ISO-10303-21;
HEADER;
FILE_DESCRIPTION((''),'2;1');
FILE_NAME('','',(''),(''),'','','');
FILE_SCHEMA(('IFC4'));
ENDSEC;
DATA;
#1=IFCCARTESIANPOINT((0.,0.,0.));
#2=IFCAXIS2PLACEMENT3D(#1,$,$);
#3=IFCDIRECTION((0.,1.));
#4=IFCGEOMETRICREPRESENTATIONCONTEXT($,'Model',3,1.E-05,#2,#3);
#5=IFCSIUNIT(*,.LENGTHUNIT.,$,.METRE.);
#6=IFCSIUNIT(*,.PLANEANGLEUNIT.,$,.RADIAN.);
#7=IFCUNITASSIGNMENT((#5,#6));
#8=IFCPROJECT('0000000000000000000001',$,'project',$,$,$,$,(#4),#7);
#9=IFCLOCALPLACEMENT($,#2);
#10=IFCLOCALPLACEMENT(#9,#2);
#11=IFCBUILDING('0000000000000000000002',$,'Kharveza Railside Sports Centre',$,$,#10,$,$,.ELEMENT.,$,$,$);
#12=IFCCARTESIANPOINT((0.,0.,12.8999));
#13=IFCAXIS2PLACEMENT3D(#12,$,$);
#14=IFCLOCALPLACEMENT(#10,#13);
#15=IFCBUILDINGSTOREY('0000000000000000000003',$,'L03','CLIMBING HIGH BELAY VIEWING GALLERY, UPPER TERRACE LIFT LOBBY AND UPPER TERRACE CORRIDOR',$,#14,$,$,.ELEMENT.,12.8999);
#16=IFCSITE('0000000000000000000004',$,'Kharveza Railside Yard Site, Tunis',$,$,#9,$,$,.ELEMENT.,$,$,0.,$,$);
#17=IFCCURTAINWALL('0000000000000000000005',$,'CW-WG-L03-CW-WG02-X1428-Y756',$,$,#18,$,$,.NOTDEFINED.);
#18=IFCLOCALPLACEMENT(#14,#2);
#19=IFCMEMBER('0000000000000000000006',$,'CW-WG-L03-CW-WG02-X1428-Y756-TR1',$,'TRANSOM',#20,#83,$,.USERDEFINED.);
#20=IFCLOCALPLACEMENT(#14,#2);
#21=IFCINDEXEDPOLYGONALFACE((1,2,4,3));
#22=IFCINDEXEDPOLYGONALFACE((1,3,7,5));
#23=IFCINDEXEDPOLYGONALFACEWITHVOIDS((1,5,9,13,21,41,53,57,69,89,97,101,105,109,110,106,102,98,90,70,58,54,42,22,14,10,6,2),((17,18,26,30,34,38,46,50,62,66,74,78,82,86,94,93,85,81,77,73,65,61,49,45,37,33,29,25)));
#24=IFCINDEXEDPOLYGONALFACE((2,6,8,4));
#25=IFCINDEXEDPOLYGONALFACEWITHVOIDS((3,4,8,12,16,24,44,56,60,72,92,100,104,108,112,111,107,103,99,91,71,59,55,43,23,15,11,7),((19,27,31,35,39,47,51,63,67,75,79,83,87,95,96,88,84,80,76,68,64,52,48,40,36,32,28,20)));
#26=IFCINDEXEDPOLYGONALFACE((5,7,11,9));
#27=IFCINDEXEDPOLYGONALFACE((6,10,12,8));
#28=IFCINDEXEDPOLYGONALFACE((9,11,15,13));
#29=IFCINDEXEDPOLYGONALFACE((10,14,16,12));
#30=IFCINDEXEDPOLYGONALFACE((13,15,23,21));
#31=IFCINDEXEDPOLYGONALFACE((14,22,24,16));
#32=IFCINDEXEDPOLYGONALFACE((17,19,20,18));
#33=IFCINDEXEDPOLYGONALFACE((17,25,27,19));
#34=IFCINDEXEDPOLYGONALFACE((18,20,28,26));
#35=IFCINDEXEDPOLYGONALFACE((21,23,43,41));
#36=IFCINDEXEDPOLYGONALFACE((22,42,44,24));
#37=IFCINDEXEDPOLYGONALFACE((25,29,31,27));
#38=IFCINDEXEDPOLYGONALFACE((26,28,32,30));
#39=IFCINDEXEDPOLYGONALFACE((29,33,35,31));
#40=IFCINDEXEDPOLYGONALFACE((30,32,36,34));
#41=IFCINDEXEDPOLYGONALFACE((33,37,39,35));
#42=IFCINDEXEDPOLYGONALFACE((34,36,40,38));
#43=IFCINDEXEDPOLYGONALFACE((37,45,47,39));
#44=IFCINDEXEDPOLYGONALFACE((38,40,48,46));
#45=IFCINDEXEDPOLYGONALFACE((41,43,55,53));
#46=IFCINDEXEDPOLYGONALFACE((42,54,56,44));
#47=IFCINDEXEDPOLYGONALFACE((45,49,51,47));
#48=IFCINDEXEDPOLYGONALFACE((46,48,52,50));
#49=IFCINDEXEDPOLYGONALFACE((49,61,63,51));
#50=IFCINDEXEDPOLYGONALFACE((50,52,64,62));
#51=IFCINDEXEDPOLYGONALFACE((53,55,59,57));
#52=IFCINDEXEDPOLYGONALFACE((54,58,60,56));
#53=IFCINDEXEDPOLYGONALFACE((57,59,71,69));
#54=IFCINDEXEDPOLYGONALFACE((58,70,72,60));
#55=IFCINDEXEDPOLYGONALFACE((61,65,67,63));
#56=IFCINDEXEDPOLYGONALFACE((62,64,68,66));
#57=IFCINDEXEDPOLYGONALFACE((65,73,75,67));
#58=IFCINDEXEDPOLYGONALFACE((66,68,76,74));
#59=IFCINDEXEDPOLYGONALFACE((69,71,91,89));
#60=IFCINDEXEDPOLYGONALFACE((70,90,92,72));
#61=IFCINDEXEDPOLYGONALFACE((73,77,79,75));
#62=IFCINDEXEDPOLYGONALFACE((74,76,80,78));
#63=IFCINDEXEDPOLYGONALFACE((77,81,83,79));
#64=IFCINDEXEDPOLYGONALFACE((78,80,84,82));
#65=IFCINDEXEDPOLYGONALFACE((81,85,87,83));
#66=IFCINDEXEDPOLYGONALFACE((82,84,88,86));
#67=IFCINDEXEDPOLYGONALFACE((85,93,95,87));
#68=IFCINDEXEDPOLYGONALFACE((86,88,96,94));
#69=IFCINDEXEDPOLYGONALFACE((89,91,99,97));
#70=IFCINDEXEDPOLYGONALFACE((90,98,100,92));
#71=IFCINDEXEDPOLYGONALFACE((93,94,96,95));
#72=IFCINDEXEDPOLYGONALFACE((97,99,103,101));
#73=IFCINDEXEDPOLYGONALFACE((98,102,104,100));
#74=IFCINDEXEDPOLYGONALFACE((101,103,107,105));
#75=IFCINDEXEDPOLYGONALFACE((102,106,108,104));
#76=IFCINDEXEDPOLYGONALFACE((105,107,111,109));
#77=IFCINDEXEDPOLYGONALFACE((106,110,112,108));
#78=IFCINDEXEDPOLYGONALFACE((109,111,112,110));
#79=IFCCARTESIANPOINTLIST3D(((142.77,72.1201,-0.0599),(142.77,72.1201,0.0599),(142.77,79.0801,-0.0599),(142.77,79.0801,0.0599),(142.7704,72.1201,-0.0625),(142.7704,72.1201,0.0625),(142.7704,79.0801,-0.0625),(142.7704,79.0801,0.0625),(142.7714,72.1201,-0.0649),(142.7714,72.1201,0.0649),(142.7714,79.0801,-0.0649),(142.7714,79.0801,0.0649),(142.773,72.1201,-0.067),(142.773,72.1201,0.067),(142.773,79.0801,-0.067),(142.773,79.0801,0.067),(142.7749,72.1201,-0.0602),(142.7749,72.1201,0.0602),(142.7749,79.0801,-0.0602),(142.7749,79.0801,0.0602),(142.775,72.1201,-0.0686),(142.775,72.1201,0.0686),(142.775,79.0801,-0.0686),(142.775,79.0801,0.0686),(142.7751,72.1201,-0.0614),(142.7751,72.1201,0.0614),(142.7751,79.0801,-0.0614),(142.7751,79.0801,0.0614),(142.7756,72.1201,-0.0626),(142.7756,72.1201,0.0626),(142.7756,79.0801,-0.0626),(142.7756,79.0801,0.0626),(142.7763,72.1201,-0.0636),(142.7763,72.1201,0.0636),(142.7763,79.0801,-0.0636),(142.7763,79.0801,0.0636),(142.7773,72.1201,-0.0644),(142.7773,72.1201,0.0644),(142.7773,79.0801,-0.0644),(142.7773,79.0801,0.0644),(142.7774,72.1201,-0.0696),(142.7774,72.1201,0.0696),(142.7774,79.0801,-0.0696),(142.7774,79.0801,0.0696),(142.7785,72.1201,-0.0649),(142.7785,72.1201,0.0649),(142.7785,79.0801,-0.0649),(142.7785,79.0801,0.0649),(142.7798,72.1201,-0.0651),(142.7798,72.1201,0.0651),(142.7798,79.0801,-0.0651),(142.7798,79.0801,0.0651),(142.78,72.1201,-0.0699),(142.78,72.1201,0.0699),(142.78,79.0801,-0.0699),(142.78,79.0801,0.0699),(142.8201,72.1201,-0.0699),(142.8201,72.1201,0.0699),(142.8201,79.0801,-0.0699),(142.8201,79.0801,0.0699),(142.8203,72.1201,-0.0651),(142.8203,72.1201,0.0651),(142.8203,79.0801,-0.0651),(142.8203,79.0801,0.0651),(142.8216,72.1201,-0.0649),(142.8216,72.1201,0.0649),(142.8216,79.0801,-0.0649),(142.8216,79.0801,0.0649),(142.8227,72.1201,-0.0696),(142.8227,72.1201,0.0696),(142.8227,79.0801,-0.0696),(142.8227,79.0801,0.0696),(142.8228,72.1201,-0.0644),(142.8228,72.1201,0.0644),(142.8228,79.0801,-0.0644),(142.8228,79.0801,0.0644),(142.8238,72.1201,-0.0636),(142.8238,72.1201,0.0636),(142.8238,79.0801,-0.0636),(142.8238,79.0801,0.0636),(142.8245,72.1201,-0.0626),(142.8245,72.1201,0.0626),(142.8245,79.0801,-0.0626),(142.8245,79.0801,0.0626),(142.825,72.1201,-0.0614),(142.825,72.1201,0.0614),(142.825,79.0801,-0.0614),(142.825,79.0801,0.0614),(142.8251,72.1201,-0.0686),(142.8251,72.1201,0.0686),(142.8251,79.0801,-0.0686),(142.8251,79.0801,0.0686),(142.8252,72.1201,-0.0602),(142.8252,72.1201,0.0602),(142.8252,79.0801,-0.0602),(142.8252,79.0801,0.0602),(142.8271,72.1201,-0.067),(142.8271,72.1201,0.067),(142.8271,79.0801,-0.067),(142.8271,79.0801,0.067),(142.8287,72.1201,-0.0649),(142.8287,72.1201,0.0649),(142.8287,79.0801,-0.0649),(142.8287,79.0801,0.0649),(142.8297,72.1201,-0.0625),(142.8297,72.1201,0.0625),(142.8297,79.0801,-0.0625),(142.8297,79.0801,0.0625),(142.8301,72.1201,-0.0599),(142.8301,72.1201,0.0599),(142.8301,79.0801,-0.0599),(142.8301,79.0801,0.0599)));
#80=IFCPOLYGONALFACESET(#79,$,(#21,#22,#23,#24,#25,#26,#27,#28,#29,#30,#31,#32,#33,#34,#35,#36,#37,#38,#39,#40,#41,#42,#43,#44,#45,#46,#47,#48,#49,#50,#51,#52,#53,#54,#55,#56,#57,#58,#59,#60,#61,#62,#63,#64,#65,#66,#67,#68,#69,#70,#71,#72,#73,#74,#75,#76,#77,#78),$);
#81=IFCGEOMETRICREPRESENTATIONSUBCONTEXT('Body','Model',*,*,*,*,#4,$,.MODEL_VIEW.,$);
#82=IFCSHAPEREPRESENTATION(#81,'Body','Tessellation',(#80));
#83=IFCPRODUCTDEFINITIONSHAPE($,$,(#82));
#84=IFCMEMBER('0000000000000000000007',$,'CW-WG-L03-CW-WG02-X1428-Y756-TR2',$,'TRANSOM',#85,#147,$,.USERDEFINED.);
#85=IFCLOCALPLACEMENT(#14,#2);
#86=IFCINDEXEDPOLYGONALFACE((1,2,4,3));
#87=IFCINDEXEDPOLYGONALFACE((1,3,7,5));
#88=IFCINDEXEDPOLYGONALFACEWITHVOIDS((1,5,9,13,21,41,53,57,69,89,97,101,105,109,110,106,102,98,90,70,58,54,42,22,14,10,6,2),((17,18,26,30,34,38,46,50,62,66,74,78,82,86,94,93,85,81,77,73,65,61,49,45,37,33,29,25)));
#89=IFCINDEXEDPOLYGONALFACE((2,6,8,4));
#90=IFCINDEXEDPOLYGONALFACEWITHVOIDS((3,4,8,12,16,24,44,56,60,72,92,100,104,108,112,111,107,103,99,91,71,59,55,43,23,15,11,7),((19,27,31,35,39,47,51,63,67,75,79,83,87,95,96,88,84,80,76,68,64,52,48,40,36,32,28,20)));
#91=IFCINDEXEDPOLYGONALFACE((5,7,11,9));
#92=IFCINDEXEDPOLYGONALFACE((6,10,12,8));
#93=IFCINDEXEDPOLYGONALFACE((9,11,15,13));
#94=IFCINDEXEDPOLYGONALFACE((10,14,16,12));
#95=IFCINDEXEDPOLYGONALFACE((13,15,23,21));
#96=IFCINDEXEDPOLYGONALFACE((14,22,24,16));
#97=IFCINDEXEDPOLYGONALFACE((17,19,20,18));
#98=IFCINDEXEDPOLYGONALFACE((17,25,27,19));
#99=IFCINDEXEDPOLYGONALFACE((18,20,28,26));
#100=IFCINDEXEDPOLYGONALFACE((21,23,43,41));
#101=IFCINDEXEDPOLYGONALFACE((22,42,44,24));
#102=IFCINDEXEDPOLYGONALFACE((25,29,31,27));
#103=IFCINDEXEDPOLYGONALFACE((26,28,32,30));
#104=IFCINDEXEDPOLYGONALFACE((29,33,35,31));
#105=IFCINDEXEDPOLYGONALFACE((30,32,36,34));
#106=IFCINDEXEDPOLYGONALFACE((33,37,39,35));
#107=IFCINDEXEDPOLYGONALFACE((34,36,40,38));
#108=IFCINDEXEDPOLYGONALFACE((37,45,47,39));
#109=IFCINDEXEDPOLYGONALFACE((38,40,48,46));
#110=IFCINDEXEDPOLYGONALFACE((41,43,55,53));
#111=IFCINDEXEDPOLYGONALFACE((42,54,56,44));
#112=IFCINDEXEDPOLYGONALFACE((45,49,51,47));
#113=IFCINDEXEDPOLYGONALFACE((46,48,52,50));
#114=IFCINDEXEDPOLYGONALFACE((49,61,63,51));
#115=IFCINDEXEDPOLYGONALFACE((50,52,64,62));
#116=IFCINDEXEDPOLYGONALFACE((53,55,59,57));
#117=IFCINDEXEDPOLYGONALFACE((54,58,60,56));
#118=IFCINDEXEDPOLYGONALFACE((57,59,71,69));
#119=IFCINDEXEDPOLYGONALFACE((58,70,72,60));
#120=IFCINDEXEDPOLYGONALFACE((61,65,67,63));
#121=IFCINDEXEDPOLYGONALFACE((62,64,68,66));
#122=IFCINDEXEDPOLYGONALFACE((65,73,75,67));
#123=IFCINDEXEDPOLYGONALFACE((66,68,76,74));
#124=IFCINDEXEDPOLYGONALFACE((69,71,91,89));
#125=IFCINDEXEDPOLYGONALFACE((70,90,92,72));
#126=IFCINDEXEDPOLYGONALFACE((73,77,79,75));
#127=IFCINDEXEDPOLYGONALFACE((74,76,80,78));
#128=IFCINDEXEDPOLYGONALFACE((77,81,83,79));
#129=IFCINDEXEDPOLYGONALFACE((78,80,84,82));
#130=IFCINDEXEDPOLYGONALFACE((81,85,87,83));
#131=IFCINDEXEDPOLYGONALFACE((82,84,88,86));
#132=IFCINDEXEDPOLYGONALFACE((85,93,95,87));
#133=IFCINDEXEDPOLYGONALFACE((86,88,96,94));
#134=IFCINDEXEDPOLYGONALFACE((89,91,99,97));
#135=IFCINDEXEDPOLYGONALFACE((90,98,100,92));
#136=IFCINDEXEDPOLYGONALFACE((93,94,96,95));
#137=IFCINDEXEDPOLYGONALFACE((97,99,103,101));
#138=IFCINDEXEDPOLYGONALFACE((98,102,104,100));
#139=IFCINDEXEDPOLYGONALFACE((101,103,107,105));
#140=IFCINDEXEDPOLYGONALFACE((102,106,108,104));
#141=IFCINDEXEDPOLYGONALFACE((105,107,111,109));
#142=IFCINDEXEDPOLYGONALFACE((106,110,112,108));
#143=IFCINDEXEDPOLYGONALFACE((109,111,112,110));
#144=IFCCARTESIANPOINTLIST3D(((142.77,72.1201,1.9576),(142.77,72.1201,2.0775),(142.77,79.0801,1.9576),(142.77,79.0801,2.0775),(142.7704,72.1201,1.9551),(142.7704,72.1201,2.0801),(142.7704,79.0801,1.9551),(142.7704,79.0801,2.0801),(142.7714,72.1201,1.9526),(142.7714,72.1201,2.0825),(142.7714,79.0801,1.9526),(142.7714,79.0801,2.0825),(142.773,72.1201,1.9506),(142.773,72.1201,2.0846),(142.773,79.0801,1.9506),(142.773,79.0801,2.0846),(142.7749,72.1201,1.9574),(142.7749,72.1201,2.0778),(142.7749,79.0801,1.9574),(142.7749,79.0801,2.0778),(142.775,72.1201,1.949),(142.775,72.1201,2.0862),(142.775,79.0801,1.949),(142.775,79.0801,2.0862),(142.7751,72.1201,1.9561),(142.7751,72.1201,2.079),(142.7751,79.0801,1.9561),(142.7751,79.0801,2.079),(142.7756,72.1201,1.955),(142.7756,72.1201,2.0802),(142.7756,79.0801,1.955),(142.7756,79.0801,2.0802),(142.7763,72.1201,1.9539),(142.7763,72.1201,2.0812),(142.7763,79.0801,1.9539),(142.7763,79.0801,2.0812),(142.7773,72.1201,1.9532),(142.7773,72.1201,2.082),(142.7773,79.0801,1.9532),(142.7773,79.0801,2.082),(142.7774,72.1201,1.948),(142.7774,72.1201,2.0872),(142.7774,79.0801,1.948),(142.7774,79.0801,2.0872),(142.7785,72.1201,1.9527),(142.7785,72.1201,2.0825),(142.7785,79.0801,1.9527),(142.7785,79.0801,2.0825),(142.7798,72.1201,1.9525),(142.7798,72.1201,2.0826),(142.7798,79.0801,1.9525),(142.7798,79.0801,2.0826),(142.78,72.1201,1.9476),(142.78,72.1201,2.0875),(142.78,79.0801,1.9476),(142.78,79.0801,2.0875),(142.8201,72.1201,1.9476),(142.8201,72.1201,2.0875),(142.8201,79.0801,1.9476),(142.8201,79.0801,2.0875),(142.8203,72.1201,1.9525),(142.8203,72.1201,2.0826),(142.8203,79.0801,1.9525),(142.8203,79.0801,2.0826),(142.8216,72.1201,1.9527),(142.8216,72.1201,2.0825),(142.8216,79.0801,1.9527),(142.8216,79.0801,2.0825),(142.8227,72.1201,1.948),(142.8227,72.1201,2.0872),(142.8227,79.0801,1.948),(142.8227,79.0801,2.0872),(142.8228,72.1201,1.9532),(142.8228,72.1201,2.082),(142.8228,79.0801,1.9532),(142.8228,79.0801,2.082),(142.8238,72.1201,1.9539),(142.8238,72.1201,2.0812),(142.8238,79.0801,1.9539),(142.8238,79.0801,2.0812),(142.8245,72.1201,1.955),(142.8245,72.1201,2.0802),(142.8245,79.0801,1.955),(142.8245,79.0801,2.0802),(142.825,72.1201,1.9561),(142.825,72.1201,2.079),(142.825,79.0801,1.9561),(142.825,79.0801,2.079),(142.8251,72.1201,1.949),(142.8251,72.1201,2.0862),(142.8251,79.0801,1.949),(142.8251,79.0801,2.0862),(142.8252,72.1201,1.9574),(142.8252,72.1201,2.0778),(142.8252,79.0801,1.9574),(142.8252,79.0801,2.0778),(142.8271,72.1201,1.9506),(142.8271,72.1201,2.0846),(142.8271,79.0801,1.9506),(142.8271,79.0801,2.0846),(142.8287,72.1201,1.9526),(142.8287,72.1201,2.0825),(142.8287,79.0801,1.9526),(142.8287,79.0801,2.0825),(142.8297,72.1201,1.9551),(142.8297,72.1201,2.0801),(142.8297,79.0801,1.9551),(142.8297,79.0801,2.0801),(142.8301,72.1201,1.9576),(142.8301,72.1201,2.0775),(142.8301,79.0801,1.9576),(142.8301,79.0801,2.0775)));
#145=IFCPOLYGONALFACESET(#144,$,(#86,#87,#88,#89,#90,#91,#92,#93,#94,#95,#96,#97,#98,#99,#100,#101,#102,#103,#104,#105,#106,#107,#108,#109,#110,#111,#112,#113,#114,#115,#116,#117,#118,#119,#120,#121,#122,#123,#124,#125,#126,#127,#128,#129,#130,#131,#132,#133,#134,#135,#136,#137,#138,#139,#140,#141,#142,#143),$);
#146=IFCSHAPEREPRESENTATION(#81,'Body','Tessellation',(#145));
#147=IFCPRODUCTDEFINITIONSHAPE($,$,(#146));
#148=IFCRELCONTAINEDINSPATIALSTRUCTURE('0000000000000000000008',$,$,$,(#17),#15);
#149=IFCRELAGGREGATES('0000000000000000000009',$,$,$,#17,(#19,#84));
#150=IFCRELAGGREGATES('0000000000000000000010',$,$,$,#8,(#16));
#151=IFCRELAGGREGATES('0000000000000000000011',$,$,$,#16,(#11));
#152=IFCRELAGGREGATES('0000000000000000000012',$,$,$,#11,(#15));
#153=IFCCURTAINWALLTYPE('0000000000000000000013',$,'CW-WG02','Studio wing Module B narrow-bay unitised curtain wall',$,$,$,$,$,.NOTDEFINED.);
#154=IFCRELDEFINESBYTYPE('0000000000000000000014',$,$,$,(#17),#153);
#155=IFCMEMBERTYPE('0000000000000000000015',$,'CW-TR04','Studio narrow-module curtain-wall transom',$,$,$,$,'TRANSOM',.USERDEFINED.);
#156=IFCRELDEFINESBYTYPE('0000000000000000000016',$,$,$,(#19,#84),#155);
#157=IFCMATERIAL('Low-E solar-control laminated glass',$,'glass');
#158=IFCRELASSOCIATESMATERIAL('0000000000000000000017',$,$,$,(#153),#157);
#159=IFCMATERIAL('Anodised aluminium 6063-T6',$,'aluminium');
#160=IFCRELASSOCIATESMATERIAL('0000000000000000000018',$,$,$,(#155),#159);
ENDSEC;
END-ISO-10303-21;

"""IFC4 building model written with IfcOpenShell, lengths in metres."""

from ifc_helpers import new_model, si_unit, direction, frame, origin, origin_2d, place, context, subcontext, project, spatial, hollow_rectangle, extrude, material, material_profile, profile_set, type_object, element, aggregate, save


model = new_model("IFC4")

# Units and contexts
model_context = context("Model", 3, precision=1e-05, world=origin(), true_north=direction((0.0, 1.0)))
body_context = subcontext(model_context, "Body", "Model", "MODEL_VIEW")
ifc_project = project(units=[si_unit("LENGTHUNIT", "METRE"), si_unit("PLANEANGLEUNIT", "RADIAN")], contexts=[model_context])

# Site, building, storey
site_placement = place(None, origin())
site = spatial("IfcSite", under=ifc_project, at=site_placement, Name="Kharveza Railside Yard Site, Tunis", CompositionType="ELEMENT", RefElevation=0.0)
building_placement = place(site_placement, origin())
building = spatial("IfcBuilding", under=site, at=building_placement, Name="Kharveza Railside Sports Centre", CompositionType="ELEMENT")
storey_placement = place(building_placement, frame((0.0, 0.0, 12.8999)))
storey = spatial("IfcBuildingStorey", under=building, at=storey_placement, Name="L03", Description="CLIMBING HIGH BELAY VIEWING GALLERY, UPPER TERRACE LIFT LOBBY AND UPPER TERRACE CORRIDOR", CompositionType="ELEMENT", Elevation=12.8999)

# Curtain wall, members
ifc_material_1 = material(Name="Low-E solar-control laminated glass", Category="glass")
curtain_wall_type = type_object("IfcCurtainWallType", Name="CW-WG02", Description="Studio wing Module B narrow-bay unitised curtain wall", PredefinedType="NOTDEFINED", material=ifc_material_1)
ifc_material_2 = material(Name="Anodised aluminium 6063-T6", Category="aluminium")
curtain_wall_1_placement = place(storey_placement, origin())
curtain_wall_1 = element("IfcCurtainWall", 1, at=curtain_wall_1_placement, inside=storey, type_object=curtain_wall_type, Name="CW-WG-L03-CW-WG02-X1428-Y756", PredefinedType="NOTDEFINED")
ifc_material_profile_1 = material_profile(ifc_material_2, hollow_rectangle(XDim=0.0601, YDim=0.1399, WallThickness=0.0049, InnerFilletRadius=0.0049, OuterFilletRadius=0.01, at=origin_2d()), Name="RHS 60x140x5.0")
ifc_profile_set_1 = profile_set([ifc_material_profile_1], Name="Anodised aluminium 6063-T6")
member_type_1 = type_object("IfcMemberType", Name="CW-TR04", Description="Studio narrow-module curtain-wall transom", ElementType="TRANSOM", PredefinedType="USERDEFINED", material=ifc_profile_set_1)
member_1_placement = place(storey_placement, frame((142.8, 79.0801, 0.0), z_axis=(0.0, -1.0, 0.0), x_axis=(1.0, 0.0, 0.0)))
member_1 = element("IfcMember", 2, at=member_1_placement, type_object=member_type_1, Name="CW-WG-L03-CW-WG02-X1428-Y756-TR1", ObjectType="TRANSOM", PredefinedType="USERDEFINED", context=body_context, shape_type="SweptSolid", body=[
    extrude(hollow_rectangle(XDim=0.0601, YDim=0.1399, WallThickness=0.0049, InnerFilletRadius=0.0049, OuterFilletRadius=0.01, at=origin_2d()), origin(), (0.0, 0.0, 1.0), 6.96),
])
member_2_placement = place(storey_placement, frame((142.8, 79.0801, 2.0176), z_axis=(0.0, -1.0, 0.0), x_axis=(1.0, 0.0, 0.0)))
member_2 = element("IfcMember", 3, at=member_2_placement, type_object=member_type_1, Name="CW-WG-L03-CW-WG02-X1428-Y756-TR2", ObjectType="TRANSOM", PredefinedType="USERDEFINED", context=body_context, shape_type="SweptSolid", body=[
    extrude(hollow_rectangle(XDim=0.0601, YDim=0.1399, WallThickness=0.0049, InnerFilletRadius=0.0049, OuterFilletRadius=0.01, at=origin_2d()), origin(), (0.0, 0.0, 1.0), 6.96),
])

aggregate(curtain_wall_1, [member_1, member_2])

save(model, "model.ifc")
